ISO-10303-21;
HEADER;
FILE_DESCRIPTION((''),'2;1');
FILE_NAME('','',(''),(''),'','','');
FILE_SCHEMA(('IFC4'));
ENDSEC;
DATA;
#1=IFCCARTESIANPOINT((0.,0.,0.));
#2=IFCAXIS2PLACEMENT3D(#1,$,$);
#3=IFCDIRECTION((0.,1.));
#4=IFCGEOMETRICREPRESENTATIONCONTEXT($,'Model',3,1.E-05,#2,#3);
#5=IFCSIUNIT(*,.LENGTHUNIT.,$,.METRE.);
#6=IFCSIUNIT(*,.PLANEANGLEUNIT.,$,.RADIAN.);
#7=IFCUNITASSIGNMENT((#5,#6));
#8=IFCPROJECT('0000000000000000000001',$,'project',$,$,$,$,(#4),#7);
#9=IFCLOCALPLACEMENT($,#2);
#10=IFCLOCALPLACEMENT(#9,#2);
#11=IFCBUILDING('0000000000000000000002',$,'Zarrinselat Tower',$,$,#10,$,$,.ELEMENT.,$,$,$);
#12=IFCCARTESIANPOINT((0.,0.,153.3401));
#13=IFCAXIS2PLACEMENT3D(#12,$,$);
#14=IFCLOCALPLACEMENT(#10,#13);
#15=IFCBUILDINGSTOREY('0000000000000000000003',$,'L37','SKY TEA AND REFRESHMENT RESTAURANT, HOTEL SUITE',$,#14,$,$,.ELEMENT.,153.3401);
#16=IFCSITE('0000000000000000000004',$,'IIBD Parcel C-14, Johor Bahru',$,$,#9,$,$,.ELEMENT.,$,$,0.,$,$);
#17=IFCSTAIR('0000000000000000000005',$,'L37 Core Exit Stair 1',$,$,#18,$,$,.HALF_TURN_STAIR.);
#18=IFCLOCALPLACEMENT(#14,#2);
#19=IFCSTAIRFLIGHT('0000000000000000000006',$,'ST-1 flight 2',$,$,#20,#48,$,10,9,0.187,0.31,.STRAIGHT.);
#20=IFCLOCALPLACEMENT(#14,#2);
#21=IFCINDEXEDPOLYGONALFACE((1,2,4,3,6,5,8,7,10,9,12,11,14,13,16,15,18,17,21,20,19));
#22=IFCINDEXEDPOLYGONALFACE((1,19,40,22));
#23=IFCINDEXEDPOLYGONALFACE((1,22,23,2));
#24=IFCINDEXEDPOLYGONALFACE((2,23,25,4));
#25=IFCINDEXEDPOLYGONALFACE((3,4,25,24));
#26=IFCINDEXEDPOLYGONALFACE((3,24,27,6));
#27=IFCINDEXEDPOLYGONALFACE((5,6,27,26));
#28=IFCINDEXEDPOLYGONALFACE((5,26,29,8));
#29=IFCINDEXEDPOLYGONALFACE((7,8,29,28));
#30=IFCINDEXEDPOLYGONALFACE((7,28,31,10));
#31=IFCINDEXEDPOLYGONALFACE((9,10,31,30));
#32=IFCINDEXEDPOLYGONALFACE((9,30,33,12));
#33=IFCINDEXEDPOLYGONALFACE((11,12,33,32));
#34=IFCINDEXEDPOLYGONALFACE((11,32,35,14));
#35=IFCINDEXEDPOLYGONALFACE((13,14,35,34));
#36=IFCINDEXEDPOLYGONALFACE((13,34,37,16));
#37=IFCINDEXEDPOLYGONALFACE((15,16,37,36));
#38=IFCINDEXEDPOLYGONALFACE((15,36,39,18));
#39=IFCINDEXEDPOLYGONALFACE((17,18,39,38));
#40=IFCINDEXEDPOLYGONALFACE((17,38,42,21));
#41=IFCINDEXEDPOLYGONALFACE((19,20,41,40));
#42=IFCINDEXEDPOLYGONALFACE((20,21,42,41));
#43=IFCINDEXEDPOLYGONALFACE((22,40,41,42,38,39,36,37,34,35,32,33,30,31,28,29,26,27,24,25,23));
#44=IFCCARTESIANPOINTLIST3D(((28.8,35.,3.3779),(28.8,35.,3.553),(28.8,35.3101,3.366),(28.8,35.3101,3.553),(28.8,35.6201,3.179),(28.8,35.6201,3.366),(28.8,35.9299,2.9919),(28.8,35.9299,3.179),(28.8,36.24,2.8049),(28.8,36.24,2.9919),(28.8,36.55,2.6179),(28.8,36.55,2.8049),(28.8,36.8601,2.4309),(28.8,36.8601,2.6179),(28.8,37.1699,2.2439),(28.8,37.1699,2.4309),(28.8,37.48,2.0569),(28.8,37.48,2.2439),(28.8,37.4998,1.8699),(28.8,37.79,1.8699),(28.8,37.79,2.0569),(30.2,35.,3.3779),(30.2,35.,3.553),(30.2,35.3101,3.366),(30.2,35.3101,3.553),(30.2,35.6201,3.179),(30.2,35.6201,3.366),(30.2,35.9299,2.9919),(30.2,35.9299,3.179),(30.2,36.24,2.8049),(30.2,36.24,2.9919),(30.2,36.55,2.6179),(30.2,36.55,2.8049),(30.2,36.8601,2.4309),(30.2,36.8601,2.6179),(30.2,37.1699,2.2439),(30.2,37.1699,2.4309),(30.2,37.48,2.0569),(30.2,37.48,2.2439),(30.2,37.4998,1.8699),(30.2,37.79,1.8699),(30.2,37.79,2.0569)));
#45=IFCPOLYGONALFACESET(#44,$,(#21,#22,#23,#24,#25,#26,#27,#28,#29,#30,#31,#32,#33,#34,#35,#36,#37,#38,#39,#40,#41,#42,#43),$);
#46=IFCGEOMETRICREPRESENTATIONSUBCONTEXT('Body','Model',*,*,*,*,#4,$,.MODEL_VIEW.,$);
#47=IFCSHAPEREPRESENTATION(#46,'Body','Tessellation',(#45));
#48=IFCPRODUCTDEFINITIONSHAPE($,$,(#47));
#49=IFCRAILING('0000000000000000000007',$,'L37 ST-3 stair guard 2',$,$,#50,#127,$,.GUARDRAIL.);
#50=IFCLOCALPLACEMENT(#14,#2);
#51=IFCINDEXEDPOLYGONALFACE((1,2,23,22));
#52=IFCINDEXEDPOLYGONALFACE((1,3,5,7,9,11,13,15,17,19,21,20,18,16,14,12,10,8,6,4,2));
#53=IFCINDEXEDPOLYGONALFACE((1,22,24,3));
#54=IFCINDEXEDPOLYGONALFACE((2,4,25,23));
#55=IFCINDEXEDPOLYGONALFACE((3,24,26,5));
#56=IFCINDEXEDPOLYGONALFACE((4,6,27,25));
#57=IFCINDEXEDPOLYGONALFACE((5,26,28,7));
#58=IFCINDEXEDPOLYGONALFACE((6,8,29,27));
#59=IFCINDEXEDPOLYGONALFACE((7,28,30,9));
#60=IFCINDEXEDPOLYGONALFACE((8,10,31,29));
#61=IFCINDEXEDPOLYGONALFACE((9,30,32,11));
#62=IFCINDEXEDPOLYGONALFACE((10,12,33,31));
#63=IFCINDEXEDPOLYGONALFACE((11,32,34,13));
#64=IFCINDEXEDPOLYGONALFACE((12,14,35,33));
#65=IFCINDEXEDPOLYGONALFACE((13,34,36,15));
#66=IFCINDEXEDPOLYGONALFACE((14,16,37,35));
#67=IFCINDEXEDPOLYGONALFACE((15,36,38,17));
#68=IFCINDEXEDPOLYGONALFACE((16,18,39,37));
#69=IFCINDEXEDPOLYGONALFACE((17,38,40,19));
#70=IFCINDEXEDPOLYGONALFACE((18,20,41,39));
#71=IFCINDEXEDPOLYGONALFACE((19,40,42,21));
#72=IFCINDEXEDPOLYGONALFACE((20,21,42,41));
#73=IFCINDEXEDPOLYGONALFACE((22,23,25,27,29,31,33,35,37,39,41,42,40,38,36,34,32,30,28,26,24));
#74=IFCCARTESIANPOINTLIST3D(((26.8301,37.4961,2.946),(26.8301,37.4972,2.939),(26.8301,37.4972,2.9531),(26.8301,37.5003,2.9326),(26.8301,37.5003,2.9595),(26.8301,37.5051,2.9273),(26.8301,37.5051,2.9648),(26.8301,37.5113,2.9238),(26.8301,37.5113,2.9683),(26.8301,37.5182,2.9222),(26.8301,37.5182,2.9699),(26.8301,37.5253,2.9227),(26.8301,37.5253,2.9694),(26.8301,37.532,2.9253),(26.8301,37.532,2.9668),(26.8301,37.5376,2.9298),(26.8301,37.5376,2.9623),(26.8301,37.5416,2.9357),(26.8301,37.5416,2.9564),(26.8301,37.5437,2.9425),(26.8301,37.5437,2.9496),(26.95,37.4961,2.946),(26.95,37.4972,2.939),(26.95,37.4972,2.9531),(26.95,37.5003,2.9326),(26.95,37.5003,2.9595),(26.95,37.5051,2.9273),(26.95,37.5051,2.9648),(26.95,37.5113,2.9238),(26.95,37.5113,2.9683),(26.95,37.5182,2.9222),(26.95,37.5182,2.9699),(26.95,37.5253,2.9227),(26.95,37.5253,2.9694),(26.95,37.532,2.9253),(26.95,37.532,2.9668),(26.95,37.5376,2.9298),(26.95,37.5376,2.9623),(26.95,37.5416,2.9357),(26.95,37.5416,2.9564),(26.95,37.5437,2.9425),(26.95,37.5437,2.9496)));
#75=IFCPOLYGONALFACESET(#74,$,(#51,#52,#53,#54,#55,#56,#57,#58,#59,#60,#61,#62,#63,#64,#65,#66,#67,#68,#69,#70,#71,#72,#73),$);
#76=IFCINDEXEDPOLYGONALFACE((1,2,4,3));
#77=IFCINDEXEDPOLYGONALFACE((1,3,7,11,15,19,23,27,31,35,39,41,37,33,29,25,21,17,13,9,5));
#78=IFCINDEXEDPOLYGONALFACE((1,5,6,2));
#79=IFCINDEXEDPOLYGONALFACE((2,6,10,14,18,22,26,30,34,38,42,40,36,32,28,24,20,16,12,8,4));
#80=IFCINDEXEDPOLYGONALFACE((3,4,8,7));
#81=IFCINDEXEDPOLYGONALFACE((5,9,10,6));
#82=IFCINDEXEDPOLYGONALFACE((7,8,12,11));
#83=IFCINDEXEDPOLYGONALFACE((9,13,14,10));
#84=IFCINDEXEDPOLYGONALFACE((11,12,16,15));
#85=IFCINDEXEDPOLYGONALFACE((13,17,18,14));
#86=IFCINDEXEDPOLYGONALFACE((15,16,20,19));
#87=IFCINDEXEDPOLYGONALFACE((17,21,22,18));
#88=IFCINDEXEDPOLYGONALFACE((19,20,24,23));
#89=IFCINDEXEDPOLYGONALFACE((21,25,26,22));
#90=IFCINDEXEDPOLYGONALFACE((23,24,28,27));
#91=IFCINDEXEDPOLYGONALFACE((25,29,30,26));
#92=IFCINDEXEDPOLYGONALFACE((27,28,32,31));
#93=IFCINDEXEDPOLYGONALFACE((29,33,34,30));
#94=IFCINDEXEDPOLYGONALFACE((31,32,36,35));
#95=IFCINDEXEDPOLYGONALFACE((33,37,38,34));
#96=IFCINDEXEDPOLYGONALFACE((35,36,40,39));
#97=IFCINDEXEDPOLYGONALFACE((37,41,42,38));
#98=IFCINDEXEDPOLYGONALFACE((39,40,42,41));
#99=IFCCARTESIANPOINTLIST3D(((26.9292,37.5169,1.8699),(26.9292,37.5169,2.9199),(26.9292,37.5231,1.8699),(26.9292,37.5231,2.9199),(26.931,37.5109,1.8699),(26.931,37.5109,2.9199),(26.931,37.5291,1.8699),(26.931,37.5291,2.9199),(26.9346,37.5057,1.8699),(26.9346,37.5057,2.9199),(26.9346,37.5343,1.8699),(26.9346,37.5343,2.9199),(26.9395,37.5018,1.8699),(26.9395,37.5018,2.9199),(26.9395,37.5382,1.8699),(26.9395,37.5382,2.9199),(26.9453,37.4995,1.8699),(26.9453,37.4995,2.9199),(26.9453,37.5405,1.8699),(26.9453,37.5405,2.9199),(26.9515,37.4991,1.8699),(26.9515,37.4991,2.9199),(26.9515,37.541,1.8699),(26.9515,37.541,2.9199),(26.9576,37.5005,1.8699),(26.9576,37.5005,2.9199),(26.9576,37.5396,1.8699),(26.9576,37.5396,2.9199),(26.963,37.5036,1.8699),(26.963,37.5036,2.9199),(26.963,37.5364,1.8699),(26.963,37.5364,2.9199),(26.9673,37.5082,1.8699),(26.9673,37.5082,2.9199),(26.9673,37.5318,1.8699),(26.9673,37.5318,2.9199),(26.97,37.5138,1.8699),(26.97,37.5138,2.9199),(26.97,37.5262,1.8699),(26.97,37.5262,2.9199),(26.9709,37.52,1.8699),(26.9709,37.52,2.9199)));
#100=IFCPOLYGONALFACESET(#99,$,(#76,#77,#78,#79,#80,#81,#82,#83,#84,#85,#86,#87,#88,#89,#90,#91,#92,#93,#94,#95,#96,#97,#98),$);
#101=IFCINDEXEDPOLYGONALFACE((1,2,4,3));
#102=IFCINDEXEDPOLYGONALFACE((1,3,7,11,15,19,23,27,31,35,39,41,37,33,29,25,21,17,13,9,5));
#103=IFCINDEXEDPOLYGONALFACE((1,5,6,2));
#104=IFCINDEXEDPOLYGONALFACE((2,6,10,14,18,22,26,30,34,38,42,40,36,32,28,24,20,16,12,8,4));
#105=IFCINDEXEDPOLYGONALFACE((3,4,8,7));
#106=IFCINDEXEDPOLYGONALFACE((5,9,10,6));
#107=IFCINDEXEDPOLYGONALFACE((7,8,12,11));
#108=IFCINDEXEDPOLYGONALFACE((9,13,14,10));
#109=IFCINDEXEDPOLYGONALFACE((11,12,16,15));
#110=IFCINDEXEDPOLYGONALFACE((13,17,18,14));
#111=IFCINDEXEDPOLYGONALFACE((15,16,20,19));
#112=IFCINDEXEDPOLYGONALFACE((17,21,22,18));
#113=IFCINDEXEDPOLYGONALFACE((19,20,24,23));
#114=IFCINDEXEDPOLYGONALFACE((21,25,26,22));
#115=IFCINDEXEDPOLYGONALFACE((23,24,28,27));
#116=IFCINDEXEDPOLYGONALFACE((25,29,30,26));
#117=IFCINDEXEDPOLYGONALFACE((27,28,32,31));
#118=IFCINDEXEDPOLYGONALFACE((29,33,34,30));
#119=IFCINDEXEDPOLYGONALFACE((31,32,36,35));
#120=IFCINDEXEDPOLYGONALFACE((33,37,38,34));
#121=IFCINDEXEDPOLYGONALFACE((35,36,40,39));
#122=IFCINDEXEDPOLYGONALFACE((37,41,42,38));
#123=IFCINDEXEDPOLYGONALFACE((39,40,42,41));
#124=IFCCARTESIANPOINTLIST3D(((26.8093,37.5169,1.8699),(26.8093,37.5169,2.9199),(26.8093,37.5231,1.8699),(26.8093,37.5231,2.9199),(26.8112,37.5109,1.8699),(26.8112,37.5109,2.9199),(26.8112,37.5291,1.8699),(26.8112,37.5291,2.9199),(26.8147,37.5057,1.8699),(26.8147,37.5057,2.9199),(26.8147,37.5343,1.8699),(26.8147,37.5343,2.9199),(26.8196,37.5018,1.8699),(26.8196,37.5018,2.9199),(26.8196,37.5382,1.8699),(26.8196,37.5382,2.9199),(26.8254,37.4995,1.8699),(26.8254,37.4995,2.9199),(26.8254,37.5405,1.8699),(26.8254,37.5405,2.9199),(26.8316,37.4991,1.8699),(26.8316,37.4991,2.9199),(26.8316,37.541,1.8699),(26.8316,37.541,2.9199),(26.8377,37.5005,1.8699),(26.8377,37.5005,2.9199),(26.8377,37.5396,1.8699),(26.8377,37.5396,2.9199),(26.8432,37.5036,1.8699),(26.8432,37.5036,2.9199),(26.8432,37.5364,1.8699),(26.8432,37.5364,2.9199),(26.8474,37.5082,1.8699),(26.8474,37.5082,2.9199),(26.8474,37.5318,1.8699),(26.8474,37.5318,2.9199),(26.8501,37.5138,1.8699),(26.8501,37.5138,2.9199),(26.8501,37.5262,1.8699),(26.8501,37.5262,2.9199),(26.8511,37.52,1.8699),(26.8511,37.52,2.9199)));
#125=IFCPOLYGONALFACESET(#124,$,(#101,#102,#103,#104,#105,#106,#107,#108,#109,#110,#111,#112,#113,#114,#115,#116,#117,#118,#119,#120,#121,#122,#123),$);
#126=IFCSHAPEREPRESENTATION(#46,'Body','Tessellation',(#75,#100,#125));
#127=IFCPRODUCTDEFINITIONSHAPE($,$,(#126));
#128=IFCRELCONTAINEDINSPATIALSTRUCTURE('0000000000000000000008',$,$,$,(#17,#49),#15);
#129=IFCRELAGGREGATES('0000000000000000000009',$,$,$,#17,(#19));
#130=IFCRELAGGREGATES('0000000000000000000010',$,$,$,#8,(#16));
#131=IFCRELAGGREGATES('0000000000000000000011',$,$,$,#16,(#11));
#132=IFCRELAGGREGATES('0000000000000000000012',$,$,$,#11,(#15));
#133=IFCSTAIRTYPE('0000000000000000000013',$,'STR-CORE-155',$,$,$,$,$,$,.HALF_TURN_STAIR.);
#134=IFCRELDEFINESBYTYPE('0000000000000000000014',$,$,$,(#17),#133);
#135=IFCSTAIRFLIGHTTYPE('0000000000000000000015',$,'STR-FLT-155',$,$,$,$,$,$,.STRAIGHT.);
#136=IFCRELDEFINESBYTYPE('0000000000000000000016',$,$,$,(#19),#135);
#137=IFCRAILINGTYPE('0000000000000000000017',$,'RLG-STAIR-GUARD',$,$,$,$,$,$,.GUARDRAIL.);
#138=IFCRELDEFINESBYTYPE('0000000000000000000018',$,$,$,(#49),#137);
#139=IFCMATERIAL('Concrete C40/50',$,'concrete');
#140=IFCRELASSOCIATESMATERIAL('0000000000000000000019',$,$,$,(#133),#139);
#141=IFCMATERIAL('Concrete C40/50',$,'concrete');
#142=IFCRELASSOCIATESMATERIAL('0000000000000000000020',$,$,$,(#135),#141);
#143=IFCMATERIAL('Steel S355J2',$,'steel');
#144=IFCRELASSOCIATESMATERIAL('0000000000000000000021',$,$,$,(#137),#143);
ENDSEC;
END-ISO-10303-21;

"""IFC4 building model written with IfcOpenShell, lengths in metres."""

from ifc_helpers import new_model, si_unit, direction, frame, origin, origin_2d, place, context, subcontext, project, spatial, polyline, circle, outline, extrude, material, type_object, element, aggregate, save


model = new_model("IFC4")

# Units and contexts
model_context = context("Model", 3, precision=1e-05, world=origin(), true_north=direction((0.0, 1.0)))
body_context = subcontext(model_context, "Body", "Model", "MODEL_VIEW")
ifc_project = project(units=[si_unit("LENGTHUNIT", "METRE"), si_unit("PLANEANGLEUNIT", "RADIAN")], contexts=[model_context])

# Site, building, storey
site_placement = place(None, origin())
site = spatial("IfcSite", under=ifc_project, at=site_placement, Name="IIBD Parcel C-14, Johor Bahru", CompositionType="ELEMENT", RefElevation=0.0)
building_placement = place(site_placement, origin())
building = spatial("IfcBuilding", under=site, at=building_placement, Name="Zarrinselat Tower", CompositionType="ELEMENT")
storey_placement = place(building_placement, frame((0.0, 0.0, 153.3401)))
storey = spatial("IfcBuildingStorey", under=building, at=storey_placement, Name="L37", Description="SKY TEA AND REFRESHMENT RESTAURANT, HOTEL SUITE", CompositionType="ELEMENT", Elevation=153.3401)

# Stair, stair flight
ifc_material_1 = material(Name="Concrete C40/50", Category="concrete")
stair_type_1 = type_object("IfcStairType", Name="STR-CORE-155", PredefinedType="HALF_TURN_STAIR", material=ifc_material_1)
stair_1_placement = place(storey_placement, origin())
stair_1 = element("IfcStair", 1, at=stair_1_placement, inside=storey, type_object=stair_type_1, Name="L37 Core Exit Stair 1", PredefinedType="HALF_TURN_STAIR")
ifc_material_2 = material(Name="Concrete C40/50", Category="concrete")
stair_flight_type_1 = type_object("IfcStairFlightType", Name="STR-FLT-155", PredefinedType="STRAIGHT", material=ifc_material_2)
stair_flight_1_placement = place(storey_placement, frame((29.5, 37.79, 1.8699), z_axis=(0.0, 0.0, 1.0), x_axis=(0.0, -1.0, 0.0)))
stair_flight_1 = element("IfcStairFlight", 2, at=stair_flight_1_placement, type_object=stair_flight_type_1, Name="ST-1 flight 2", NumberOfRisers=10, NumberOfTreads=9, PredefinedType="STRAIGHT", RiserHeight=0.187, TreadLength=0.31, context=body_context, shape_type="SweptSolid", body=[
    extrude(outline(polyline([(0.0, 0.0), (0.0, 0.187), (0.3101, 0.187), (0.3101, 0.374), (0.6201, 0.374), (0.6201, 0.561), (0.9299, 0.561), (0.9299, 0.748), (1.24, 0.748), (1.24, 0.9351), (1.55, 0.9351), (1.55, 1.1221), (1.8601, 1.1221), (1.8601, 1.3091), (2.1699, 1.3091), (2.1699, 1.4961), (2.48, 1.4961), (2.48, 1.6831), (2.79, 1.6831), (2.79, 1.8701), (2.79, 1.5081), (0.2903, 0.0), (0.0, 0.0)])), frame((0.0, 0.7, 0.0), z_axis=(0.0, -1.0, 0.0), x_axis=(1.0, 0.0, 0.0)), (0.0, 0.0, 1.0), 1.3999),
])
aggregate(stair_1, [stair_flight_1])

# Railing
ifc_material_3 = material(Name="Steel S355J2", Category="steel")
railing_type_1 = type_object("IfcRailingType", Name="RLG-STAIR-GUARD", PredefinedType="GUARDRAIL", material=ifc_material_3)
railing_1_placement = place(storey_placement, frame((26.95, 37.52, 1.8699)))
element("IfcRailing", 3, at=railing_1_placement, inside=storey, type_object=railing_type_1, Name="L37 ST-3 stair guard 2", PredefinedType="GUARDRAIL", context=body_context, shape_type="SweptSolid", body=[
    extrude(circle(Radius=0.0239, at=origin_2d()), frame((0.0, 0.0, 1.0762), z_axis=(-1.0, 0.0, 0.0), x_axis=(0.0, -1.0, 0.0)), (0.0, 0.0, 1.0), 0.1199),
    extrude(circle(Radius=0.021, at=origin_2d()), origin(), (0.0, 0.0, 1.0), 1.05),
    extrude(circle(Radius=0.021, at=origin_2d()), frame((-0.1199, 0.0, 0.0)), (0.0, 0.0, 1.0), 1.05),
])

save(model, "model.ifc")
